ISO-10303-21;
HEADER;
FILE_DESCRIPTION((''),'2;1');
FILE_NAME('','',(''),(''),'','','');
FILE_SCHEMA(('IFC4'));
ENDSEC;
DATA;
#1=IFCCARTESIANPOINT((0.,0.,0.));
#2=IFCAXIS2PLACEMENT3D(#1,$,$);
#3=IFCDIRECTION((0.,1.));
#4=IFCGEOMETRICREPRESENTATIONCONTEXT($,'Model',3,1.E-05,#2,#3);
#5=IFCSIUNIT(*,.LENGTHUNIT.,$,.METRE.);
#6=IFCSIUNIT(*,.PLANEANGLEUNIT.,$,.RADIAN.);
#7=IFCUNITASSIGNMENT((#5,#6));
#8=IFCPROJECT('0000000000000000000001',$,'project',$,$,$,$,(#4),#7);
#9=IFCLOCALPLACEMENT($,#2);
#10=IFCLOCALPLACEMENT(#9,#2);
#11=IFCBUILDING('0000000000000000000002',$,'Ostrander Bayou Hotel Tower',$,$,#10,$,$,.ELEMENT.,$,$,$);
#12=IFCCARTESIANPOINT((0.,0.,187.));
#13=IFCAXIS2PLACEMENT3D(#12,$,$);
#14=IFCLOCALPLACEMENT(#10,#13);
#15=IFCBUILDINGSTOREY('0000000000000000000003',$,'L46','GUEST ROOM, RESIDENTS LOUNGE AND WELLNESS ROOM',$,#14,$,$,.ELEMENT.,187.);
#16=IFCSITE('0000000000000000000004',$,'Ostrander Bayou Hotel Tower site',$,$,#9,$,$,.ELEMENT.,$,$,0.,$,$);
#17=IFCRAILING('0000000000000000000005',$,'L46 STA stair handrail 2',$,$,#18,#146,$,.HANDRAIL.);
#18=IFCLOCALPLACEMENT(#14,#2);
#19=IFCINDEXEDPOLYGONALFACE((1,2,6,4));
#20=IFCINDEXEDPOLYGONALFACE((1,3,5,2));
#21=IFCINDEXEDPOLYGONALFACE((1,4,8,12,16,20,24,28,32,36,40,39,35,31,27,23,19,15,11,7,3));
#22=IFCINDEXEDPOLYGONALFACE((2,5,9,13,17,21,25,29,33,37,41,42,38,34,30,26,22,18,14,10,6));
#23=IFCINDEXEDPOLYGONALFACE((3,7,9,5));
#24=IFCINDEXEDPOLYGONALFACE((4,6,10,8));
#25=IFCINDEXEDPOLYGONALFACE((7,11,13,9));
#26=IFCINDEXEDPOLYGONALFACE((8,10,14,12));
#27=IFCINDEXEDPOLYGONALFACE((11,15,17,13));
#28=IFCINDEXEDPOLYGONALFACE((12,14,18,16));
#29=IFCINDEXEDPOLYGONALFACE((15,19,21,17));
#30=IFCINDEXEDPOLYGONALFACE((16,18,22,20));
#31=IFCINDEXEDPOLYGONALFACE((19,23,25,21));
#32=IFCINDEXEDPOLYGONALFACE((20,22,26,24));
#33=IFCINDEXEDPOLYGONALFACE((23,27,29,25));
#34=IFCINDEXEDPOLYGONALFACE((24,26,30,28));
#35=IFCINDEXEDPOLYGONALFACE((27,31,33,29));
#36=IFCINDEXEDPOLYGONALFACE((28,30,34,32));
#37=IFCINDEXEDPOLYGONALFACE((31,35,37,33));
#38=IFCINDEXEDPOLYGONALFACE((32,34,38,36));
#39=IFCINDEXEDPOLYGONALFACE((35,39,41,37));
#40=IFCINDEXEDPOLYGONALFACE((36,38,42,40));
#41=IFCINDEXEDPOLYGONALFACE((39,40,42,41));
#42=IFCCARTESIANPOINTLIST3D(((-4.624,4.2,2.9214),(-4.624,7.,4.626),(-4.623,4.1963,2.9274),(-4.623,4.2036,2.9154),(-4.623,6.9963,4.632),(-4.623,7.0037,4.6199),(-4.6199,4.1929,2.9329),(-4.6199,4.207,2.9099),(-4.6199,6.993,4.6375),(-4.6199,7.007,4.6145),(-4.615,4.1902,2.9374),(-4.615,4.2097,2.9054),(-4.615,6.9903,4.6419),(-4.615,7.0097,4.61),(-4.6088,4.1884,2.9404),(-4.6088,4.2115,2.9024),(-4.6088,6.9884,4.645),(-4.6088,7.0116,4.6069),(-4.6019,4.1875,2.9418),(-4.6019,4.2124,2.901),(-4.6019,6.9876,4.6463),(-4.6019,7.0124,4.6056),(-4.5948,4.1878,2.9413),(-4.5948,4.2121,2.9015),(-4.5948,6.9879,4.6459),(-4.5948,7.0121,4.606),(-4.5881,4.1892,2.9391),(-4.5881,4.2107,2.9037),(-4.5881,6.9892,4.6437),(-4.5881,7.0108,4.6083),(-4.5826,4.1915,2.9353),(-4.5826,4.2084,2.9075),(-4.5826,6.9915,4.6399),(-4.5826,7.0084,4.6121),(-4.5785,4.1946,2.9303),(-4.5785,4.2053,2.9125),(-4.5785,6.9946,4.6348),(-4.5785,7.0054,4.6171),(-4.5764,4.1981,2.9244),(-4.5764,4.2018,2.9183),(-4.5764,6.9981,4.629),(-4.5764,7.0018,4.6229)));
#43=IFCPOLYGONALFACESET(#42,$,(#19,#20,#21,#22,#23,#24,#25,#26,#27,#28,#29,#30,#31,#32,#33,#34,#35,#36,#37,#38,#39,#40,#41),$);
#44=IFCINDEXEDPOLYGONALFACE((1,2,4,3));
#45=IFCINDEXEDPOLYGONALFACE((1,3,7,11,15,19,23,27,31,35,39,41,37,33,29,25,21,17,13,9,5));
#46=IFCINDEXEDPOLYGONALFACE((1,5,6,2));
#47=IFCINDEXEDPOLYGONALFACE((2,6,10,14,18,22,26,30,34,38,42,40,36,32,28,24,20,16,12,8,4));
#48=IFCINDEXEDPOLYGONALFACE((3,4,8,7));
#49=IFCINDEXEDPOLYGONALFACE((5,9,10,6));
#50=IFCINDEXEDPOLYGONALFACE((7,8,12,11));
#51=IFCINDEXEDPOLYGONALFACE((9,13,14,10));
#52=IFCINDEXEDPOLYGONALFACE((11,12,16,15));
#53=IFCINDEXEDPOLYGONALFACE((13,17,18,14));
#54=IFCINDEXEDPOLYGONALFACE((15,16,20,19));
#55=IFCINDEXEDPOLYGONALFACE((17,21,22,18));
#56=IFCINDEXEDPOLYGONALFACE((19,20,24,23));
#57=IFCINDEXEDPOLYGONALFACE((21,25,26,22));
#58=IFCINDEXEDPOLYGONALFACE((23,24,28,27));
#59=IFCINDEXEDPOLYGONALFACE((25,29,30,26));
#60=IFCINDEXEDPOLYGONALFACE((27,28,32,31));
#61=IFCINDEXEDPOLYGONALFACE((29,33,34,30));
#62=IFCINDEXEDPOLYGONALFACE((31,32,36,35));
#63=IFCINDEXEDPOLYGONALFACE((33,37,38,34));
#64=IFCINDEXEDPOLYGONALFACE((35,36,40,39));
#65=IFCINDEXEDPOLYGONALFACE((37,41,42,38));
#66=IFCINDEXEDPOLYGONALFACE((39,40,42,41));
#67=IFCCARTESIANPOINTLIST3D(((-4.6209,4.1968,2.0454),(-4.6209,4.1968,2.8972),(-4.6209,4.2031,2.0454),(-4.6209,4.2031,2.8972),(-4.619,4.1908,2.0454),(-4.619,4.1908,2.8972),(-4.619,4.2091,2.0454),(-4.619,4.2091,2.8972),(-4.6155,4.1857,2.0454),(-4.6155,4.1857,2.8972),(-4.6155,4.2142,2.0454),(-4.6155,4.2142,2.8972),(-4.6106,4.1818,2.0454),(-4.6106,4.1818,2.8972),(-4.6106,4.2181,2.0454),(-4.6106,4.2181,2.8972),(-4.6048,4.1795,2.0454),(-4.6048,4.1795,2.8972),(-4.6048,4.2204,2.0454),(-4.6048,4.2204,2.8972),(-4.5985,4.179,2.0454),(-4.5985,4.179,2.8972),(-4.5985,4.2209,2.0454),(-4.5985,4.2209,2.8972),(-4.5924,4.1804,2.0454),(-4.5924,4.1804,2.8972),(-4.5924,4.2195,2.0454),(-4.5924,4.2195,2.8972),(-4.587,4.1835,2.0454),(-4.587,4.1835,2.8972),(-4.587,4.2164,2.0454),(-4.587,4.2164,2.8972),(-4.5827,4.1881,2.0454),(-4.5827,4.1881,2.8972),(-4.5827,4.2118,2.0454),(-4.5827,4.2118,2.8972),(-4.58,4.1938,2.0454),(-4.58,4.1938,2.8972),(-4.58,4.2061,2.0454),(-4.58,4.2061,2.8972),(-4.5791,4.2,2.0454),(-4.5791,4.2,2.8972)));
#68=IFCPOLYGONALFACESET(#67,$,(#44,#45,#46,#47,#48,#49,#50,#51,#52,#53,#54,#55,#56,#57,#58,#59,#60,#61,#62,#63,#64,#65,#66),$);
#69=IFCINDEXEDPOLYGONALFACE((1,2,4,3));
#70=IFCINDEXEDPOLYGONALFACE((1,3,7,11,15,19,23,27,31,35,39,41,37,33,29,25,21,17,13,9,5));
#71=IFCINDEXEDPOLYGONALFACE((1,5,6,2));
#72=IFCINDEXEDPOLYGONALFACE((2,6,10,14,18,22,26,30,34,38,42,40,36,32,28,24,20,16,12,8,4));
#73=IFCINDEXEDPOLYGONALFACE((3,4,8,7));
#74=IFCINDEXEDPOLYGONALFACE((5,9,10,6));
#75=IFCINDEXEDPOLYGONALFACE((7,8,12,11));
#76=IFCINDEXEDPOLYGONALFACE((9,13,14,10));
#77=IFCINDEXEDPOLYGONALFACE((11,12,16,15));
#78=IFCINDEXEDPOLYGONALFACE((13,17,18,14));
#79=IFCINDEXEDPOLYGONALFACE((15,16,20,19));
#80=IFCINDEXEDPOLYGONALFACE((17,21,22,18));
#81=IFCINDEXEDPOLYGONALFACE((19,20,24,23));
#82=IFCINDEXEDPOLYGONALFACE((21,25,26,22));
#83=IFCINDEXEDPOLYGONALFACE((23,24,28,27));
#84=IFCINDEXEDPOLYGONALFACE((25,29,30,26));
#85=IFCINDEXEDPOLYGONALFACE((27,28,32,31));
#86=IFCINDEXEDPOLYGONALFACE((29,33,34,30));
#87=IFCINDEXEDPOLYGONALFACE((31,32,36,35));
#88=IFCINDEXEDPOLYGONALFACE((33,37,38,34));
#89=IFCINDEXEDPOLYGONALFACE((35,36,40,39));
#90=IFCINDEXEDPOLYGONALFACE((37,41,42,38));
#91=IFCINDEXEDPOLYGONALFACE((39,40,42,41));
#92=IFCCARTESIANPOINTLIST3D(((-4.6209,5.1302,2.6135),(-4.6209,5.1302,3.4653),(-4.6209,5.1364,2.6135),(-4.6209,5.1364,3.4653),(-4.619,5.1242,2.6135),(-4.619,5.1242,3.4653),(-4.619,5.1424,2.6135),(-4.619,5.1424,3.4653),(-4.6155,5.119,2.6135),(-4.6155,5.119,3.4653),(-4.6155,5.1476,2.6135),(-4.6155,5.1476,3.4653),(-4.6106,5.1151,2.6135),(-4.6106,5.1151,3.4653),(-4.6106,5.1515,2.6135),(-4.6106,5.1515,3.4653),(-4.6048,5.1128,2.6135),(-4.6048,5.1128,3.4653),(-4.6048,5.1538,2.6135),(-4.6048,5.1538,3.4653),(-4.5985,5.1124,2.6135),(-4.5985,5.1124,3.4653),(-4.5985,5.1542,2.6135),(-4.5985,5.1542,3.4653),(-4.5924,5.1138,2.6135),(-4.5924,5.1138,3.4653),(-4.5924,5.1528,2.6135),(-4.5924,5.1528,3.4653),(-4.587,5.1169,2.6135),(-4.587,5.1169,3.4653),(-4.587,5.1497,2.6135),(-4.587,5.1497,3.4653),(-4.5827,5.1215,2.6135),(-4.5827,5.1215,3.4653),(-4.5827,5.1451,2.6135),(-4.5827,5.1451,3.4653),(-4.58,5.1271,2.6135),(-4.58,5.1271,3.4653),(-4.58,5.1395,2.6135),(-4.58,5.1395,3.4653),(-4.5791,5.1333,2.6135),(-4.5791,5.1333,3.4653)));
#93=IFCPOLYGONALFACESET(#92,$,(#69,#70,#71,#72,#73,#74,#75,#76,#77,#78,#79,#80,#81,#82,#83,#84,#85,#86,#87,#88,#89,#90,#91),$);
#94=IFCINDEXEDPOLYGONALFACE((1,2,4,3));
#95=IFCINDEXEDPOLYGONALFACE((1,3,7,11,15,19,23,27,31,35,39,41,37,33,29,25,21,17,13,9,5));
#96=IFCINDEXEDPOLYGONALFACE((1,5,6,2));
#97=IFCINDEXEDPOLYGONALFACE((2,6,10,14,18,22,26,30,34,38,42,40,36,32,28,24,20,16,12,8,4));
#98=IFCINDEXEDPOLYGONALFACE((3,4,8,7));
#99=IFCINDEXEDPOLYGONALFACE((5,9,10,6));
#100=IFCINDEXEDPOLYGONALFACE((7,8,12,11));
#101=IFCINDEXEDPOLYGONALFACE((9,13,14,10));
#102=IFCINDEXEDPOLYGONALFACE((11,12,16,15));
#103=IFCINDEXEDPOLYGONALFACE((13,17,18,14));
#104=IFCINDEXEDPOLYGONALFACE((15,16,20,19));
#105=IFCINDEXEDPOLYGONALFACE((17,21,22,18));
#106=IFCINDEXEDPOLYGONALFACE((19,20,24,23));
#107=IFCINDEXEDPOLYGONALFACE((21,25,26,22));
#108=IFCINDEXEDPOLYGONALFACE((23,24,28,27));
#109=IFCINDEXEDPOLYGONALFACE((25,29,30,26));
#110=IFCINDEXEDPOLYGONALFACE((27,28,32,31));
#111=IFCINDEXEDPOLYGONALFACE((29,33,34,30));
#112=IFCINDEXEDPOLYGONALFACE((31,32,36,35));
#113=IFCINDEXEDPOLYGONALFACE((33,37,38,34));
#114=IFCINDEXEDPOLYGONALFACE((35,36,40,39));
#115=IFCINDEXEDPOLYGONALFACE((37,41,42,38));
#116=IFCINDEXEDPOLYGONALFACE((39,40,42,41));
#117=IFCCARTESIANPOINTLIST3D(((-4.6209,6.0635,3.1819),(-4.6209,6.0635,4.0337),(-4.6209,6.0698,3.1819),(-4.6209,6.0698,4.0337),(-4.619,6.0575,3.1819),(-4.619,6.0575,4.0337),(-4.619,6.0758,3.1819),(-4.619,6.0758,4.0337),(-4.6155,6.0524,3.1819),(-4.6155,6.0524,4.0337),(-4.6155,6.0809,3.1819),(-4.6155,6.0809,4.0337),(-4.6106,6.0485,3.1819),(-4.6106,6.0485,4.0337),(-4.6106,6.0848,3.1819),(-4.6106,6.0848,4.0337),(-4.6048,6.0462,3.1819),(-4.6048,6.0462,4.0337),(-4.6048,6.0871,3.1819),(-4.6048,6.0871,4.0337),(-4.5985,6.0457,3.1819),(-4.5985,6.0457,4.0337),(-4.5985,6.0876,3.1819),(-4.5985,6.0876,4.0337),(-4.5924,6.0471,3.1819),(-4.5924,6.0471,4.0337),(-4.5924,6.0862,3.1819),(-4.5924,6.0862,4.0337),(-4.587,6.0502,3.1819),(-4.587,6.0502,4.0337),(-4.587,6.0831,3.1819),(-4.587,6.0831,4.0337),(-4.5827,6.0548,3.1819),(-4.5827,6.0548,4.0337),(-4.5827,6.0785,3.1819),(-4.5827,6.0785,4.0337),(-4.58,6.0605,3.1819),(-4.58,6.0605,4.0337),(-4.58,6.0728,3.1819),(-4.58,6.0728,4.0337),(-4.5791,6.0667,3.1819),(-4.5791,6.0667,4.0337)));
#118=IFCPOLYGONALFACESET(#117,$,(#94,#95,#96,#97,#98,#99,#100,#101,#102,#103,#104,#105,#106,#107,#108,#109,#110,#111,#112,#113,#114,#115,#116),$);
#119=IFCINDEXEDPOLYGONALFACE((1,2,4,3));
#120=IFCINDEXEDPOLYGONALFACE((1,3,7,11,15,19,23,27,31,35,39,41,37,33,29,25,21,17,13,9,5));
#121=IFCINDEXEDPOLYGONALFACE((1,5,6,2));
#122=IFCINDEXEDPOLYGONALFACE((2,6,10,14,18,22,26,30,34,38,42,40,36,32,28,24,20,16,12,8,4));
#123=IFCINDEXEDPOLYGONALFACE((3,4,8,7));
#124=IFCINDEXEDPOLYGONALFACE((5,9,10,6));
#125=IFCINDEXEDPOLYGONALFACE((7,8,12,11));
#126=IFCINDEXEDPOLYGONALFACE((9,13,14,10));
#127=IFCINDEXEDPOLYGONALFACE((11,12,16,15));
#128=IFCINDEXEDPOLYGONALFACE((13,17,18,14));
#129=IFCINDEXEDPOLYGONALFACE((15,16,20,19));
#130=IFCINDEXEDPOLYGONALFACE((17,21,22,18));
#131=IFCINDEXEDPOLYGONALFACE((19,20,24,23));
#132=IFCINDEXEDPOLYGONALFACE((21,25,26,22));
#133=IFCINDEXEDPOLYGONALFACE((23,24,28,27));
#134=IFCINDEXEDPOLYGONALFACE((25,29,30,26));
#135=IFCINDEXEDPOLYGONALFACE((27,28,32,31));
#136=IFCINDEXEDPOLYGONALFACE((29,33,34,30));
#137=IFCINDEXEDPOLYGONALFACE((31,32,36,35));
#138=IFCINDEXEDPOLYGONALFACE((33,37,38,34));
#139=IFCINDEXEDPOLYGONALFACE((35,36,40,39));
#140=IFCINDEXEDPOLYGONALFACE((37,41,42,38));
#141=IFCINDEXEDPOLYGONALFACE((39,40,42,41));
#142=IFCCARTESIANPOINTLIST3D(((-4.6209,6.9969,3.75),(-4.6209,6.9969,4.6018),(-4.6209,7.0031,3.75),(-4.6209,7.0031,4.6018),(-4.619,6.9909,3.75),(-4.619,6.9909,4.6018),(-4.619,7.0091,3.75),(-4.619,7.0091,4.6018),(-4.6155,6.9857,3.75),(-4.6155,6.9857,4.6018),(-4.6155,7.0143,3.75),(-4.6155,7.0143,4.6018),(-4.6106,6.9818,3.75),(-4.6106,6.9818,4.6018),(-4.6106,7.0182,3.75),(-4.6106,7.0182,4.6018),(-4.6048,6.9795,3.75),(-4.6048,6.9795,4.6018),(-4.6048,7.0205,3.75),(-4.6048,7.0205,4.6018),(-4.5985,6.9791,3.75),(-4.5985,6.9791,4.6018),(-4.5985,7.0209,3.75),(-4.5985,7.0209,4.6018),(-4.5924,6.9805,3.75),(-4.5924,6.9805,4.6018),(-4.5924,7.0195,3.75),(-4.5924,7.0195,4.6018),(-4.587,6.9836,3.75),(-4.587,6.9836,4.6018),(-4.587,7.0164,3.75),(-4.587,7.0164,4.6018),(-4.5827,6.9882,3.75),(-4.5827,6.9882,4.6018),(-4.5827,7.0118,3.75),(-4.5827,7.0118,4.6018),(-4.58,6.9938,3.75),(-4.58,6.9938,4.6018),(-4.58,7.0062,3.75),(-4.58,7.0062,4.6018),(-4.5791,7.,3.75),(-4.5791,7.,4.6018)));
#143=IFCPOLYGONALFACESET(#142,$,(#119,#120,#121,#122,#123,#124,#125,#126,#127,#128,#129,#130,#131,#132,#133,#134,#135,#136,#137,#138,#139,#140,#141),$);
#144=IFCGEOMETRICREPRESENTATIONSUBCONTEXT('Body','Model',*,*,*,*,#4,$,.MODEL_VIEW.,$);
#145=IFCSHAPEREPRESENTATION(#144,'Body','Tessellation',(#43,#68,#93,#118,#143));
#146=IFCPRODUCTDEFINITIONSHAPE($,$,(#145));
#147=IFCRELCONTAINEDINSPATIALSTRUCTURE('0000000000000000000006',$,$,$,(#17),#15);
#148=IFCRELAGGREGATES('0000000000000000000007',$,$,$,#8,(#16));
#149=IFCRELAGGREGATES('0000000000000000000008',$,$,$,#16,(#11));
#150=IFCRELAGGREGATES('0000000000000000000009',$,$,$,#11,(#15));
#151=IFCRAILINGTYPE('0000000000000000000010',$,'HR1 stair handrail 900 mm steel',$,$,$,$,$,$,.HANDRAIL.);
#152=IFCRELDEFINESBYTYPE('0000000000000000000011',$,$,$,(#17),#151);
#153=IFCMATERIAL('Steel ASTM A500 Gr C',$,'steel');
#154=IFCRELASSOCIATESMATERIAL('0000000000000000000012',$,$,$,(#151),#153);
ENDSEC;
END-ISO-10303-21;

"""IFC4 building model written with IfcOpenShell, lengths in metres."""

from ifc_helpers import new_model, si_unit, direction, frame, origin, origin_2d, place, context, subcontext, project, spatial, circle, extrude, material, type_object, element, save


model = new_model("IFC4")

# Units and contexts
model_context = context("Model", 3, precision=1e-05, world=origin(), true_north=direction((0.0, 1.0)))
body_context = subcontext(model_context, "Body", "Model", "MODEL_VIEW")
ifc_project = project(units=[si_unit("LENGTHUNIT", "METRE"), si_unit("PLANEANGLEUNIT", "RADIAN")], contexts=[model_context])

# Site, building, storey
site_placement = place(None, origin())
site = spatial("IfcSite", under=ifc_project, at=site_placement, Name="Ostrander Bayou Hotel Tower site", CompositionType="ELEMENT", RefElevation=0.0)
building_placement = place(site_placement, origin())
building = spatial("IfcBuilding", under=site, at=building_placement, Name="Ostrander Bayou Hotel Tower", CompositionType="ELEMENT")
storey_placement = place(building_placement, frame((0.0, 0.0, 187.0)))
storey = spatial("IfcBuildingStorey", under=building, at=storey_placement, Name="L46", Description="GUEST ROOM, RESIDENTS LOUNGE AND WELLNESS ROOM", CompositionType="ELEMENT", Elevation=187.0)

# Railing
ifc_material_1 = material(Name="Steel ASTM A500 Gr C", Category="steel")
railing_type_1 = type_object("IfcRailingType", Name="HR1 stair handrail 900 mm steel", PredefinedType="HANDRAIL", material=ifc_material_1)
railing_1_placement = place(storey_placement, frame((-4.6001, 4.2, 2.0454)))
element("IfcRailing", 1, at=railing_1_placement, inside=storey, type_object=railing_type_1, Name="L46 STA stair handrail 2", PredefinedType="HANDRAIL", context=body_context, shape_type="SweptSolid", body=[
    extrude(circle(Radius=0.0239, at=origin_2d()), frame((0.0, 0.0, 0.876), z_axis=(0.0, 0.85417, 0.519994), x_axis=(-1.0, 0.0, 0.0)), (0.0, 0.0, 1.0), 3.2781),
    extrude(circle(Radius=0.021, at=origin_2d()), origin(), (0.0, 0.0, 1.0), 0.8518),
    extrude(circle(Radius=0.021, at=origin_2d()), frame((0.0, 0.9333, 0.5681)), (0.0, 0.0, 1.0), 0.8518),
    extrude(circle(Radius=0.021, at=origin_2d()), frame((0.0, 1.8667, 1.1365)), (0.0, 0.0, 1.0), 0.8518),
    extrude(circle(Radius=0.021, at=origin_2d()), frame((0.0, 2.8, 1.7046)), (0.0, 0.0, 1.0), 0.8518),
])

save(model, "model.ifc")
